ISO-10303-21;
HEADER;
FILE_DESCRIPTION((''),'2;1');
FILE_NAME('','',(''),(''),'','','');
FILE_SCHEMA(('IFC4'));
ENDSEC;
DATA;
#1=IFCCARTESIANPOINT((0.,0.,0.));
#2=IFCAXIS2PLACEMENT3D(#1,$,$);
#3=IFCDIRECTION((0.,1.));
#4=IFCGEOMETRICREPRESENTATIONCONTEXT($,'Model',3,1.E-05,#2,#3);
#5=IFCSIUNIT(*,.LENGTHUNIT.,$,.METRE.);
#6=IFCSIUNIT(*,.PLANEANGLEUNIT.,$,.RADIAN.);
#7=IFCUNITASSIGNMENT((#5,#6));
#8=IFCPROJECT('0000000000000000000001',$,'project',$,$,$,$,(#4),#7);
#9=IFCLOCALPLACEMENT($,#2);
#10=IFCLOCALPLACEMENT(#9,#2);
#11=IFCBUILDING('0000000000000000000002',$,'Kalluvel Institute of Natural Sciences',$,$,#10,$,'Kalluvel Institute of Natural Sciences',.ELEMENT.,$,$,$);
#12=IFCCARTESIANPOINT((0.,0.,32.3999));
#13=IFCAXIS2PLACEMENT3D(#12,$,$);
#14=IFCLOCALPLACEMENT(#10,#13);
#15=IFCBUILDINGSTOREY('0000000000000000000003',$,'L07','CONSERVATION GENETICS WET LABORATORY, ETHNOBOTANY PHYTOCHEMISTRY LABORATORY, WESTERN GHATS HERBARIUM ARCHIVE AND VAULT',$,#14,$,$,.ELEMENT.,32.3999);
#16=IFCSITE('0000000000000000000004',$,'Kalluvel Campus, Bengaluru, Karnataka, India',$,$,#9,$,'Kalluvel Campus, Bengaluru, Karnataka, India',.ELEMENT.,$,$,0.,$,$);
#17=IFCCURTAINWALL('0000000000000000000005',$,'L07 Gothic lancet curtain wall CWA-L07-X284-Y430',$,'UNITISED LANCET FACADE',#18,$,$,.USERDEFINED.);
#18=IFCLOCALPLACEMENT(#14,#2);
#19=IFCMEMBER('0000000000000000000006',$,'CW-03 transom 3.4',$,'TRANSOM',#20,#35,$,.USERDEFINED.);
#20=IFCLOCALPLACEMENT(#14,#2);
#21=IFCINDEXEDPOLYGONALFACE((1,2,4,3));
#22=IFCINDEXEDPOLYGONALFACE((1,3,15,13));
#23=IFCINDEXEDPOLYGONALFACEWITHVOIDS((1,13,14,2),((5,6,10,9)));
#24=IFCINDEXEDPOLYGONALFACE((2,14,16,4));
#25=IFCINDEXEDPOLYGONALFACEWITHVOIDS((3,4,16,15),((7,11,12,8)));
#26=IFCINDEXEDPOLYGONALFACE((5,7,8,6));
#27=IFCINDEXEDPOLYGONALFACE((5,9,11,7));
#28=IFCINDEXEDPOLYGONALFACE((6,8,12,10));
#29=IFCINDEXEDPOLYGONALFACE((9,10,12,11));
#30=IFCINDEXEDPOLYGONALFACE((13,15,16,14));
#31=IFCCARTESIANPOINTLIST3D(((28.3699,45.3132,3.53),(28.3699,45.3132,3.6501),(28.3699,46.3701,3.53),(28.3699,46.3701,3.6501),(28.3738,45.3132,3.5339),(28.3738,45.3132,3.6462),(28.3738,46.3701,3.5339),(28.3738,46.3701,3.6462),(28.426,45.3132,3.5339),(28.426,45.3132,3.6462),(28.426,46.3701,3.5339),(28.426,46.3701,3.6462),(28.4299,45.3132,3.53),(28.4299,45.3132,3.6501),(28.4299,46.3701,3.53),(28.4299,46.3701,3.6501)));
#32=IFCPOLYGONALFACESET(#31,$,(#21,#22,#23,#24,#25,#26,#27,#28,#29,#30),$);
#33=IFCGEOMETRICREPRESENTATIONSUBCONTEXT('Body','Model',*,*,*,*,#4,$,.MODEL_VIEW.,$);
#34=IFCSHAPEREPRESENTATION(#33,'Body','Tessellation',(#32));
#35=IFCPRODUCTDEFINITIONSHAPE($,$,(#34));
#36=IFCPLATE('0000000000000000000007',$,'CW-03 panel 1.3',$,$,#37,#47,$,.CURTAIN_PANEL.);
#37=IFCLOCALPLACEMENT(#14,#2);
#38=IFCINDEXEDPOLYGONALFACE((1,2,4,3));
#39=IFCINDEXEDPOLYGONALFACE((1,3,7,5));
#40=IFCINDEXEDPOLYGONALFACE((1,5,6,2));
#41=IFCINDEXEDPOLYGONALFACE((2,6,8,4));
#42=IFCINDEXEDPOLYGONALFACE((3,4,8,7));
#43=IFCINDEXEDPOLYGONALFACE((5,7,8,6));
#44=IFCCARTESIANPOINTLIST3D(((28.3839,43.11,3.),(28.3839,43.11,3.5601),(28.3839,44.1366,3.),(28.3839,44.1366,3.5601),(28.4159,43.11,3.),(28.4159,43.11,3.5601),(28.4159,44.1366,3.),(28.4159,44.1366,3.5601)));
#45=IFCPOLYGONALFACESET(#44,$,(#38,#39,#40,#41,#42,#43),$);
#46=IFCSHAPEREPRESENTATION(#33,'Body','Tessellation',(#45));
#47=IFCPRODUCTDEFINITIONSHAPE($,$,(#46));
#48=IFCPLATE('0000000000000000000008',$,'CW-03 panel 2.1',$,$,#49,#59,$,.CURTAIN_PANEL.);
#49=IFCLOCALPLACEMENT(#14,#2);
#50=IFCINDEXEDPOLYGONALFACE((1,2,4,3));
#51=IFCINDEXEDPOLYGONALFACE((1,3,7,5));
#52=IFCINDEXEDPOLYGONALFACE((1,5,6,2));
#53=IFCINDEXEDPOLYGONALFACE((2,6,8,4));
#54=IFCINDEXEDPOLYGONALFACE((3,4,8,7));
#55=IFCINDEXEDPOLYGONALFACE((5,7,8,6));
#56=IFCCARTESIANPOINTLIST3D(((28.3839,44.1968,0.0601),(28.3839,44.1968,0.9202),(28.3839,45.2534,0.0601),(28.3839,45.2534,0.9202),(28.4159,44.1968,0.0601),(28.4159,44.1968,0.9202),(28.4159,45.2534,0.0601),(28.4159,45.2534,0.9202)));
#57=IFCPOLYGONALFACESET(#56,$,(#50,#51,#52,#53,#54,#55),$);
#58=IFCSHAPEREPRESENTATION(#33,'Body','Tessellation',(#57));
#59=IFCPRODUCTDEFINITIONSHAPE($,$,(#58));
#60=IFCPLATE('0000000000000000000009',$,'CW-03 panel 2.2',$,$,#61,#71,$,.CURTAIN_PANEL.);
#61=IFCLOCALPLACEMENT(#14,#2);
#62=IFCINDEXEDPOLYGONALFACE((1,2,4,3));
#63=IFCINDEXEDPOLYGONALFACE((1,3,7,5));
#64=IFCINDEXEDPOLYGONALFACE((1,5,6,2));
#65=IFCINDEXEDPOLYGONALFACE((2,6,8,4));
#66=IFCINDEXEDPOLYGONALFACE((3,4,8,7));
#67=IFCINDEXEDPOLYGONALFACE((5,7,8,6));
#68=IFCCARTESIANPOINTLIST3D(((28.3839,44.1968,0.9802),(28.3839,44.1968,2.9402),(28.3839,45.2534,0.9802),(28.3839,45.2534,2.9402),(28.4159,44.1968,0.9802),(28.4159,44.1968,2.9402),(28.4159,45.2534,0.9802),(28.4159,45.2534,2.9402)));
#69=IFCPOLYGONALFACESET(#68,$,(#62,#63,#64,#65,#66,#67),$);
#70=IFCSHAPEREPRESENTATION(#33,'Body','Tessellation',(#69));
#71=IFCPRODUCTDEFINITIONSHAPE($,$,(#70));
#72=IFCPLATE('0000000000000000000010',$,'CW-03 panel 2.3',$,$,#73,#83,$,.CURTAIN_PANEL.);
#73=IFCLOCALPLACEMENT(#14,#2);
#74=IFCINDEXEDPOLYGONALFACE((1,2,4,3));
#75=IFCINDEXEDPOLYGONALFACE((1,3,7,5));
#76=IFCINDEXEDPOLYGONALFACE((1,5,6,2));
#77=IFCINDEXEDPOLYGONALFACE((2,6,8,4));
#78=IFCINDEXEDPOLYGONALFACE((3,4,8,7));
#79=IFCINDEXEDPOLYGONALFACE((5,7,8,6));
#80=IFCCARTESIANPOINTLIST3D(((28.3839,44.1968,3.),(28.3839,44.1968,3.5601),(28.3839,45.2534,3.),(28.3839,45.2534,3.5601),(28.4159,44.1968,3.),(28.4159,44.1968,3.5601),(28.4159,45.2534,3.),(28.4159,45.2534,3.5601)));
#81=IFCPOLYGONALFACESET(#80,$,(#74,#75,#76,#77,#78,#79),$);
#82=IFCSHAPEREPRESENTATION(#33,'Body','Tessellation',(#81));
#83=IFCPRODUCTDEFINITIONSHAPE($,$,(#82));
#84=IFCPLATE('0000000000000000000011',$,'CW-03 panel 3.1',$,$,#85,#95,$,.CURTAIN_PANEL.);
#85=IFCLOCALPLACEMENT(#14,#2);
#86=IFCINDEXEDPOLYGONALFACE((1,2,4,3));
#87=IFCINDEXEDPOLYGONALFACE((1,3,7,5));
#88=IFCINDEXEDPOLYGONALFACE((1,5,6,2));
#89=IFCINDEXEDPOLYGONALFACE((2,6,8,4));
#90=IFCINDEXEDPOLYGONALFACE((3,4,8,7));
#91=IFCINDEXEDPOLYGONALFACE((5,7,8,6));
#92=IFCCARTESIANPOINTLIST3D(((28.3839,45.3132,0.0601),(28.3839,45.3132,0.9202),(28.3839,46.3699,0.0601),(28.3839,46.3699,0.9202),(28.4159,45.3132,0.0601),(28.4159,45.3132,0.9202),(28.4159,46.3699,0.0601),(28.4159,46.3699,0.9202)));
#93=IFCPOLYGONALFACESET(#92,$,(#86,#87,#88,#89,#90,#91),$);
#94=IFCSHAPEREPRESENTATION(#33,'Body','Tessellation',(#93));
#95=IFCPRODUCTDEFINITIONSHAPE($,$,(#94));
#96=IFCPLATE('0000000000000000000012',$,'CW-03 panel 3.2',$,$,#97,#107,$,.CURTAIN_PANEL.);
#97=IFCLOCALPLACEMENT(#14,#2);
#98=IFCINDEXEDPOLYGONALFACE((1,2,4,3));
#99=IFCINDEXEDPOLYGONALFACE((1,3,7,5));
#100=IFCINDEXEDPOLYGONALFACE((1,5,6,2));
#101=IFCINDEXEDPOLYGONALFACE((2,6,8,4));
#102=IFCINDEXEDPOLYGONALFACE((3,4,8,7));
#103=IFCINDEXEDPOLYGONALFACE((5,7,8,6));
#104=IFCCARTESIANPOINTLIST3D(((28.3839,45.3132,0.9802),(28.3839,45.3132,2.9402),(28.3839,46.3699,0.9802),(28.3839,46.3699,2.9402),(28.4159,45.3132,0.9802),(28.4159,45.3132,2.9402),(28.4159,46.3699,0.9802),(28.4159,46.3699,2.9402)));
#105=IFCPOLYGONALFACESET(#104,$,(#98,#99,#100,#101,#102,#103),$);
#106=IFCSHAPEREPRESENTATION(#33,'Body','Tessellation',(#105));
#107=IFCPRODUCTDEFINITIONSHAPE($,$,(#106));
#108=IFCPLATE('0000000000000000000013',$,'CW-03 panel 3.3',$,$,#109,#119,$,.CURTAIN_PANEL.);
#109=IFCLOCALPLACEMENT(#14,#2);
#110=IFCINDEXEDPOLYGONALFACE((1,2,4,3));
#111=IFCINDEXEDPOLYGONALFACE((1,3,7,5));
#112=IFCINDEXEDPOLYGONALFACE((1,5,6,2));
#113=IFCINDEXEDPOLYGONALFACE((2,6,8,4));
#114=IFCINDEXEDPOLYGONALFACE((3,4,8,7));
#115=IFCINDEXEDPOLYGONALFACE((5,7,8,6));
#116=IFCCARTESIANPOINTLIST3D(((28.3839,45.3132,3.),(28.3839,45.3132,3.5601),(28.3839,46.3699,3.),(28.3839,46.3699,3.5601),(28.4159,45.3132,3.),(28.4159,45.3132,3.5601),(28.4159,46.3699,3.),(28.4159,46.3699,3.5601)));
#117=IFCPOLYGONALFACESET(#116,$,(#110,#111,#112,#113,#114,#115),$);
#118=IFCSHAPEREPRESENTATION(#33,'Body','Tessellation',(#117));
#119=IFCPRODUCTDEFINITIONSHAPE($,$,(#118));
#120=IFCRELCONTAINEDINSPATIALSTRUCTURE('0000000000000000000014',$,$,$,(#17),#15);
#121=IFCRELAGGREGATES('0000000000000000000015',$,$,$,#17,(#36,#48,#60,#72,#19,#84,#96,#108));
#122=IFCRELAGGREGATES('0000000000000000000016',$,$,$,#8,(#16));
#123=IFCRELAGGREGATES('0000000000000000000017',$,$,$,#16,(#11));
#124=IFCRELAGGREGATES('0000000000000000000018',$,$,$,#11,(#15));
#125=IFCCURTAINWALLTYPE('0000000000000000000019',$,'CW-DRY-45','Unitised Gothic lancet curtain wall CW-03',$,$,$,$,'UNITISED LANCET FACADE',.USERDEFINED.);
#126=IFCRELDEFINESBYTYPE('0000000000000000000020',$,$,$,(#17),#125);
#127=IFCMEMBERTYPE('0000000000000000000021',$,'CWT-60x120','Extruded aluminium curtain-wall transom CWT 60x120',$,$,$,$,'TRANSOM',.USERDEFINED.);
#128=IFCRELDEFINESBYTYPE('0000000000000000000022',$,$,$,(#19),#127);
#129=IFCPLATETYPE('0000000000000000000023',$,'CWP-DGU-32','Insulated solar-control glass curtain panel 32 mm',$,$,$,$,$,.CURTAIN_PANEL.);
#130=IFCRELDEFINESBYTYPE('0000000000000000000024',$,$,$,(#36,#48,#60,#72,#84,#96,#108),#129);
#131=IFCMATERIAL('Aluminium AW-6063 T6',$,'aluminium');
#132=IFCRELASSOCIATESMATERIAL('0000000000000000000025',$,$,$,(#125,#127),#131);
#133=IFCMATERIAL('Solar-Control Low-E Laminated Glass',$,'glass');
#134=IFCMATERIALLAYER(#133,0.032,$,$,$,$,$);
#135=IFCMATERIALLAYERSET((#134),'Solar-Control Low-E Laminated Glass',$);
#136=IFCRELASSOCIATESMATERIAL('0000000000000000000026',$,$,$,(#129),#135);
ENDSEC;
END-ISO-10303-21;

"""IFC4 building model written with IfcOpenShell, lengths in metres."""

from ifc_helpers import new_model, si_unit, direction, frame, origin, origin_2d, place, context, subcontext, project, spatial, rectangle, hollow_rectangle, extrude, material, layer, layer_set, material_profile, profile_set, type_object, element, aggregate, save


model = new_model("IFC4")

# Units and contexts
model_context = context("Model", 3, precision=1e-05, world=origin(), true_north=direction((0.0, 1.0)))
body_context = subcontext(model_context, "Body", "Model", "MODEL_VIEW")
ifc_project = project(units=[si_unit("LENGTHUNIT", "METRE"), si_unit("PLANEANGLEUNIT", "RADIAN")], contexts=[model_context])

# Site, building, storey
site_placement = place(None, origin())
site = spatial("IfcSite", under=ifc_project, at=site_placement, Name="Kalluvel Campus, Bengaluru, Karnataka, India", LongName="Kalluvel Campus, Bengaluru, Karnataka, India", CompositionType="ELEMENT", RefElevation=0.0)
building_placement = place(site_placement, origin())
building = spatial("IfcBuilding", under=site, at=building_placement, Name="Kalluvel Institute of Natural Sciences", LongName="Kalluvel Institute of Natural Sciences", CompositionType="ELEMENT")
storey_placement = place(building_placement, frame((0.0, 0.0, 32.3999)))
storey = spatial("IfcBuildingStorey", under=building, at=storey_placement, Name="L07", Description="CONSERVATION GENETICS WET LABORATORY, ETHNOBOTANY PHYTOCHEMISTRY LABORATORY, WESTERN GHATS HERBARIUM ARCHIVE AND VAULT", CompositionType="ELEMENT", Elevation=32.3999)

# Curtain wall, member, plates
ifc_material_1 = material(Name="Aluminium AW-6063 T6", Category="aluminium")
curtain_wall_type = type_object("IfcCurtainWallType", Name="CW-DRY-45", Description="Unitised Gothic lancet curtain wall CW-03", ElementType="UNITISED LANCET FACADE", PredefinedType="USERDEFINED", material=ifc_material_1)
curtain_wall_placement = place(storey_placement, origin())
curtain_wall = element("IfcCurtainWall", 1, at=curtain_wall_placement, inside=storey, type_object=curtain_wall_type, Name="L07 Gothic lancet curtain wall CWA-L07-X284-Y430", ObjectType="UNITISED LANCET FACADE", PredefinedType="USERDEFINED")
ifc_material_profile_1 = material_profile(ifc_material_1, hollow_rectangle(XDim=0.0601, YDim=0.1201, WallThickness=0.0039, at=origin_2d()), Name="CWT 60x120")
ifc_profile_set_1 = profile_set([ifc_material_profile_1], Name="Aluminium AW-6063 T6")
member_type_1 = type_object("IfcMemberType", Name="CWT-60x120", Description="Extruded aluminium curtain-wall transom CWT 60x120", ElementType="TRANSOM", PredefinedType="USERDEFINED", material=ifc_profile_set_1)
member_1_placement = place(storey_placement, frame((28.3999, 45.3132, 3.5901), z_axis=(0.0, 1.0, 0.0), x_axis=(-1.0, 0.0, 0.0)))
member_1 = element("IfcMember", 2, at=member_1_placement, type_object=member_type_1, Name="CW-03 transom 3.4", ObjectType="TRANSOM", PredefinedType="USERDEFINED", context=body_context, shape_type="SweptSolid", body=[
    extrude(hollow_rectangle(XDim=0.0601, YDim=0.1201, WallThickness=0.0039, at=origin_2d()), origin(), (0.0, 0.0, 1.0), 1.0569),
])
ifc_material_2 = material(Name="Solar-Control Low-E Laminated Glass", Category="glass")
ifc_layer = layer(ifc_material_2, 0.032)
ifc_layer_set = layer_set([ifc_layer], Name="Solar-Control Low-E Laminated Glass")
plate_type = type_object("IfcPlateType", Name="CWP-DGU-32", Description="Insulated solar-control glass curtain panel 32 mm", PredefinedType="CURTAIN_PANEL", material=ifc_layer_set)
plate_1_placement = place(storey_placement, frame((28.3999, 43.6233, 3.0), z_axis=(0.0, 0.0, 1.0), x_axis=(0.0, 1.0, 0.0)))
plate_1 = element("IfcPlate", 3, at=plate_1_placement, type_object=plate_type, Name="CW-03 panel 1.3", PredefinedType="CURTAIN_PANEL", context=body_context, shape_type="SweptSolid", body=[
    extrude(rectangle(XDim=1.0266, YDim=0.032, at=origin_2d()), origin(), (0.0, 0.0, 1.0), 0.5601),
])
plate_2_placement = place(storey_placement, frame((28.3999, 44.7251, 0.0601), z_axis=(0.0, 0.0, 1.0), x_axis=(0.0, 1.0, 0.0)))
plate_2 = element("IfcPlate", 4, at=plate_2_placement, type_object=plate_type, Name="CW-03 panel 2.1", PredefinedType="CURTAIN_PANEL", context=body_context, shape_type="SweptSolid", body=[
    extrude(rectangle(XDim=1.0566, YDim=0.032, at=origin_2d()), origin(), (0.0, 0.0, 1.0), 0.8601),
])
plate_3_placement = place(storey_placement, frame((28.3999, 44.7251, 0.9802), z_axis=(0.0, 0.0, 1.0), x_axis=(0.0, 1.0, 0.0)))
plate_3 = element("IfcPlate", 5, at=plate_3_placement, type_object=plate_type, Name="CW-03 panel 2.2", PredefinedType="CURTAIN_PANEL", context=body_context, shape_type="SweptSolid", body=[
    extrude(rectangle(XDim=1.0566, YDim=0.032, at=origin_2d()), origin(), (0.0, 0.0, 1.0), 1.96),
])
plate_4_placement = place(storey_placement, frame((28.3999, 44.7251, 3.0), z_axis=(0.0, 0.0, 1.0), x_axis=(0.0, 1.0, 0.0)))
plate_4 = element("IfcPlate", 6, at=plate_4_placement, type_object=plate_type, Name="CW-03 panel 2.3", PredefinedType="CURTAIN_PANEL", context=body_context, shape_type="SweptSolid", body=[
    extrude(rectangle(XDim=1.0566, YDim=0.032, at=origin_2d()), origin(), (0.0, 0.0, 1.0), 0.5601),
])
plate_5_placement = place(storey_placement, frame((28.3999, 45.8416, 0.0601), z_axis=(0.0, 0.0, 1.0), x_axis=(0.0, 1.0, 0.0)))
plate_5 = element("IfcPlate", 7, at=plate_5_placement, type_object=plate_type, Name="CW-03 panel 3.1", PredefinedType="CURTAIN_PANEL", context=body_context, shape_type="SweptSolid", body=[
    extrude(rectangle(XDim=1.0566, YDim=0.032, at=origin_2d()), origin(), (0.0, 0.0, 1.0), 0.8601),
])
plate_6_placement = place(storey_placement, frame((28.3999, 45.8416, 0.9802), z_axis=(0.0, 0.0, 1.0), x_axis=(0.0, 1.0, 0.0)))
plate_6 = element("IfcPlate", 8, at=plate_6_placement, type_object=plate_type, Name="CW-03 panel 3.2", PredefinedType="CURTAIN_PANEL", context=body_context, shape_type="SweptSolid", body=[
    extrude(rectangle(XDim=1.0566, YDim=0.032, at=origin_2d()), origin(), (0.0, 0.0, 1.0), 1.96),
])
plate_7_placement = place(storey_placement, frame((28.3999, 45.8416, 3.0), z_axis=(0.0, 0.0, 1.0), x_axis=(0.0, 1.0, 0.0)))
plate_7 = element("IfcPlate", 9, at=plate_7_placement, type_object=plate_type, Name="CW-03 panel 3.3", PredefinedType="CURTAIN_PANEL", context=body_context, shape_type="SweptSolid", body=[
    extrude(rectangle(XDim=1.0566, YDim=0.032, at=origin_2d()), origin(), (0.0, 0.0, 1.0), 0.5601),
])
aggregate(curtain_wall, [plate_1, plate_2, plate_3, plate_4, member_1, plate_5, plate_6, plate_7])

save(model, "model.ifc")
